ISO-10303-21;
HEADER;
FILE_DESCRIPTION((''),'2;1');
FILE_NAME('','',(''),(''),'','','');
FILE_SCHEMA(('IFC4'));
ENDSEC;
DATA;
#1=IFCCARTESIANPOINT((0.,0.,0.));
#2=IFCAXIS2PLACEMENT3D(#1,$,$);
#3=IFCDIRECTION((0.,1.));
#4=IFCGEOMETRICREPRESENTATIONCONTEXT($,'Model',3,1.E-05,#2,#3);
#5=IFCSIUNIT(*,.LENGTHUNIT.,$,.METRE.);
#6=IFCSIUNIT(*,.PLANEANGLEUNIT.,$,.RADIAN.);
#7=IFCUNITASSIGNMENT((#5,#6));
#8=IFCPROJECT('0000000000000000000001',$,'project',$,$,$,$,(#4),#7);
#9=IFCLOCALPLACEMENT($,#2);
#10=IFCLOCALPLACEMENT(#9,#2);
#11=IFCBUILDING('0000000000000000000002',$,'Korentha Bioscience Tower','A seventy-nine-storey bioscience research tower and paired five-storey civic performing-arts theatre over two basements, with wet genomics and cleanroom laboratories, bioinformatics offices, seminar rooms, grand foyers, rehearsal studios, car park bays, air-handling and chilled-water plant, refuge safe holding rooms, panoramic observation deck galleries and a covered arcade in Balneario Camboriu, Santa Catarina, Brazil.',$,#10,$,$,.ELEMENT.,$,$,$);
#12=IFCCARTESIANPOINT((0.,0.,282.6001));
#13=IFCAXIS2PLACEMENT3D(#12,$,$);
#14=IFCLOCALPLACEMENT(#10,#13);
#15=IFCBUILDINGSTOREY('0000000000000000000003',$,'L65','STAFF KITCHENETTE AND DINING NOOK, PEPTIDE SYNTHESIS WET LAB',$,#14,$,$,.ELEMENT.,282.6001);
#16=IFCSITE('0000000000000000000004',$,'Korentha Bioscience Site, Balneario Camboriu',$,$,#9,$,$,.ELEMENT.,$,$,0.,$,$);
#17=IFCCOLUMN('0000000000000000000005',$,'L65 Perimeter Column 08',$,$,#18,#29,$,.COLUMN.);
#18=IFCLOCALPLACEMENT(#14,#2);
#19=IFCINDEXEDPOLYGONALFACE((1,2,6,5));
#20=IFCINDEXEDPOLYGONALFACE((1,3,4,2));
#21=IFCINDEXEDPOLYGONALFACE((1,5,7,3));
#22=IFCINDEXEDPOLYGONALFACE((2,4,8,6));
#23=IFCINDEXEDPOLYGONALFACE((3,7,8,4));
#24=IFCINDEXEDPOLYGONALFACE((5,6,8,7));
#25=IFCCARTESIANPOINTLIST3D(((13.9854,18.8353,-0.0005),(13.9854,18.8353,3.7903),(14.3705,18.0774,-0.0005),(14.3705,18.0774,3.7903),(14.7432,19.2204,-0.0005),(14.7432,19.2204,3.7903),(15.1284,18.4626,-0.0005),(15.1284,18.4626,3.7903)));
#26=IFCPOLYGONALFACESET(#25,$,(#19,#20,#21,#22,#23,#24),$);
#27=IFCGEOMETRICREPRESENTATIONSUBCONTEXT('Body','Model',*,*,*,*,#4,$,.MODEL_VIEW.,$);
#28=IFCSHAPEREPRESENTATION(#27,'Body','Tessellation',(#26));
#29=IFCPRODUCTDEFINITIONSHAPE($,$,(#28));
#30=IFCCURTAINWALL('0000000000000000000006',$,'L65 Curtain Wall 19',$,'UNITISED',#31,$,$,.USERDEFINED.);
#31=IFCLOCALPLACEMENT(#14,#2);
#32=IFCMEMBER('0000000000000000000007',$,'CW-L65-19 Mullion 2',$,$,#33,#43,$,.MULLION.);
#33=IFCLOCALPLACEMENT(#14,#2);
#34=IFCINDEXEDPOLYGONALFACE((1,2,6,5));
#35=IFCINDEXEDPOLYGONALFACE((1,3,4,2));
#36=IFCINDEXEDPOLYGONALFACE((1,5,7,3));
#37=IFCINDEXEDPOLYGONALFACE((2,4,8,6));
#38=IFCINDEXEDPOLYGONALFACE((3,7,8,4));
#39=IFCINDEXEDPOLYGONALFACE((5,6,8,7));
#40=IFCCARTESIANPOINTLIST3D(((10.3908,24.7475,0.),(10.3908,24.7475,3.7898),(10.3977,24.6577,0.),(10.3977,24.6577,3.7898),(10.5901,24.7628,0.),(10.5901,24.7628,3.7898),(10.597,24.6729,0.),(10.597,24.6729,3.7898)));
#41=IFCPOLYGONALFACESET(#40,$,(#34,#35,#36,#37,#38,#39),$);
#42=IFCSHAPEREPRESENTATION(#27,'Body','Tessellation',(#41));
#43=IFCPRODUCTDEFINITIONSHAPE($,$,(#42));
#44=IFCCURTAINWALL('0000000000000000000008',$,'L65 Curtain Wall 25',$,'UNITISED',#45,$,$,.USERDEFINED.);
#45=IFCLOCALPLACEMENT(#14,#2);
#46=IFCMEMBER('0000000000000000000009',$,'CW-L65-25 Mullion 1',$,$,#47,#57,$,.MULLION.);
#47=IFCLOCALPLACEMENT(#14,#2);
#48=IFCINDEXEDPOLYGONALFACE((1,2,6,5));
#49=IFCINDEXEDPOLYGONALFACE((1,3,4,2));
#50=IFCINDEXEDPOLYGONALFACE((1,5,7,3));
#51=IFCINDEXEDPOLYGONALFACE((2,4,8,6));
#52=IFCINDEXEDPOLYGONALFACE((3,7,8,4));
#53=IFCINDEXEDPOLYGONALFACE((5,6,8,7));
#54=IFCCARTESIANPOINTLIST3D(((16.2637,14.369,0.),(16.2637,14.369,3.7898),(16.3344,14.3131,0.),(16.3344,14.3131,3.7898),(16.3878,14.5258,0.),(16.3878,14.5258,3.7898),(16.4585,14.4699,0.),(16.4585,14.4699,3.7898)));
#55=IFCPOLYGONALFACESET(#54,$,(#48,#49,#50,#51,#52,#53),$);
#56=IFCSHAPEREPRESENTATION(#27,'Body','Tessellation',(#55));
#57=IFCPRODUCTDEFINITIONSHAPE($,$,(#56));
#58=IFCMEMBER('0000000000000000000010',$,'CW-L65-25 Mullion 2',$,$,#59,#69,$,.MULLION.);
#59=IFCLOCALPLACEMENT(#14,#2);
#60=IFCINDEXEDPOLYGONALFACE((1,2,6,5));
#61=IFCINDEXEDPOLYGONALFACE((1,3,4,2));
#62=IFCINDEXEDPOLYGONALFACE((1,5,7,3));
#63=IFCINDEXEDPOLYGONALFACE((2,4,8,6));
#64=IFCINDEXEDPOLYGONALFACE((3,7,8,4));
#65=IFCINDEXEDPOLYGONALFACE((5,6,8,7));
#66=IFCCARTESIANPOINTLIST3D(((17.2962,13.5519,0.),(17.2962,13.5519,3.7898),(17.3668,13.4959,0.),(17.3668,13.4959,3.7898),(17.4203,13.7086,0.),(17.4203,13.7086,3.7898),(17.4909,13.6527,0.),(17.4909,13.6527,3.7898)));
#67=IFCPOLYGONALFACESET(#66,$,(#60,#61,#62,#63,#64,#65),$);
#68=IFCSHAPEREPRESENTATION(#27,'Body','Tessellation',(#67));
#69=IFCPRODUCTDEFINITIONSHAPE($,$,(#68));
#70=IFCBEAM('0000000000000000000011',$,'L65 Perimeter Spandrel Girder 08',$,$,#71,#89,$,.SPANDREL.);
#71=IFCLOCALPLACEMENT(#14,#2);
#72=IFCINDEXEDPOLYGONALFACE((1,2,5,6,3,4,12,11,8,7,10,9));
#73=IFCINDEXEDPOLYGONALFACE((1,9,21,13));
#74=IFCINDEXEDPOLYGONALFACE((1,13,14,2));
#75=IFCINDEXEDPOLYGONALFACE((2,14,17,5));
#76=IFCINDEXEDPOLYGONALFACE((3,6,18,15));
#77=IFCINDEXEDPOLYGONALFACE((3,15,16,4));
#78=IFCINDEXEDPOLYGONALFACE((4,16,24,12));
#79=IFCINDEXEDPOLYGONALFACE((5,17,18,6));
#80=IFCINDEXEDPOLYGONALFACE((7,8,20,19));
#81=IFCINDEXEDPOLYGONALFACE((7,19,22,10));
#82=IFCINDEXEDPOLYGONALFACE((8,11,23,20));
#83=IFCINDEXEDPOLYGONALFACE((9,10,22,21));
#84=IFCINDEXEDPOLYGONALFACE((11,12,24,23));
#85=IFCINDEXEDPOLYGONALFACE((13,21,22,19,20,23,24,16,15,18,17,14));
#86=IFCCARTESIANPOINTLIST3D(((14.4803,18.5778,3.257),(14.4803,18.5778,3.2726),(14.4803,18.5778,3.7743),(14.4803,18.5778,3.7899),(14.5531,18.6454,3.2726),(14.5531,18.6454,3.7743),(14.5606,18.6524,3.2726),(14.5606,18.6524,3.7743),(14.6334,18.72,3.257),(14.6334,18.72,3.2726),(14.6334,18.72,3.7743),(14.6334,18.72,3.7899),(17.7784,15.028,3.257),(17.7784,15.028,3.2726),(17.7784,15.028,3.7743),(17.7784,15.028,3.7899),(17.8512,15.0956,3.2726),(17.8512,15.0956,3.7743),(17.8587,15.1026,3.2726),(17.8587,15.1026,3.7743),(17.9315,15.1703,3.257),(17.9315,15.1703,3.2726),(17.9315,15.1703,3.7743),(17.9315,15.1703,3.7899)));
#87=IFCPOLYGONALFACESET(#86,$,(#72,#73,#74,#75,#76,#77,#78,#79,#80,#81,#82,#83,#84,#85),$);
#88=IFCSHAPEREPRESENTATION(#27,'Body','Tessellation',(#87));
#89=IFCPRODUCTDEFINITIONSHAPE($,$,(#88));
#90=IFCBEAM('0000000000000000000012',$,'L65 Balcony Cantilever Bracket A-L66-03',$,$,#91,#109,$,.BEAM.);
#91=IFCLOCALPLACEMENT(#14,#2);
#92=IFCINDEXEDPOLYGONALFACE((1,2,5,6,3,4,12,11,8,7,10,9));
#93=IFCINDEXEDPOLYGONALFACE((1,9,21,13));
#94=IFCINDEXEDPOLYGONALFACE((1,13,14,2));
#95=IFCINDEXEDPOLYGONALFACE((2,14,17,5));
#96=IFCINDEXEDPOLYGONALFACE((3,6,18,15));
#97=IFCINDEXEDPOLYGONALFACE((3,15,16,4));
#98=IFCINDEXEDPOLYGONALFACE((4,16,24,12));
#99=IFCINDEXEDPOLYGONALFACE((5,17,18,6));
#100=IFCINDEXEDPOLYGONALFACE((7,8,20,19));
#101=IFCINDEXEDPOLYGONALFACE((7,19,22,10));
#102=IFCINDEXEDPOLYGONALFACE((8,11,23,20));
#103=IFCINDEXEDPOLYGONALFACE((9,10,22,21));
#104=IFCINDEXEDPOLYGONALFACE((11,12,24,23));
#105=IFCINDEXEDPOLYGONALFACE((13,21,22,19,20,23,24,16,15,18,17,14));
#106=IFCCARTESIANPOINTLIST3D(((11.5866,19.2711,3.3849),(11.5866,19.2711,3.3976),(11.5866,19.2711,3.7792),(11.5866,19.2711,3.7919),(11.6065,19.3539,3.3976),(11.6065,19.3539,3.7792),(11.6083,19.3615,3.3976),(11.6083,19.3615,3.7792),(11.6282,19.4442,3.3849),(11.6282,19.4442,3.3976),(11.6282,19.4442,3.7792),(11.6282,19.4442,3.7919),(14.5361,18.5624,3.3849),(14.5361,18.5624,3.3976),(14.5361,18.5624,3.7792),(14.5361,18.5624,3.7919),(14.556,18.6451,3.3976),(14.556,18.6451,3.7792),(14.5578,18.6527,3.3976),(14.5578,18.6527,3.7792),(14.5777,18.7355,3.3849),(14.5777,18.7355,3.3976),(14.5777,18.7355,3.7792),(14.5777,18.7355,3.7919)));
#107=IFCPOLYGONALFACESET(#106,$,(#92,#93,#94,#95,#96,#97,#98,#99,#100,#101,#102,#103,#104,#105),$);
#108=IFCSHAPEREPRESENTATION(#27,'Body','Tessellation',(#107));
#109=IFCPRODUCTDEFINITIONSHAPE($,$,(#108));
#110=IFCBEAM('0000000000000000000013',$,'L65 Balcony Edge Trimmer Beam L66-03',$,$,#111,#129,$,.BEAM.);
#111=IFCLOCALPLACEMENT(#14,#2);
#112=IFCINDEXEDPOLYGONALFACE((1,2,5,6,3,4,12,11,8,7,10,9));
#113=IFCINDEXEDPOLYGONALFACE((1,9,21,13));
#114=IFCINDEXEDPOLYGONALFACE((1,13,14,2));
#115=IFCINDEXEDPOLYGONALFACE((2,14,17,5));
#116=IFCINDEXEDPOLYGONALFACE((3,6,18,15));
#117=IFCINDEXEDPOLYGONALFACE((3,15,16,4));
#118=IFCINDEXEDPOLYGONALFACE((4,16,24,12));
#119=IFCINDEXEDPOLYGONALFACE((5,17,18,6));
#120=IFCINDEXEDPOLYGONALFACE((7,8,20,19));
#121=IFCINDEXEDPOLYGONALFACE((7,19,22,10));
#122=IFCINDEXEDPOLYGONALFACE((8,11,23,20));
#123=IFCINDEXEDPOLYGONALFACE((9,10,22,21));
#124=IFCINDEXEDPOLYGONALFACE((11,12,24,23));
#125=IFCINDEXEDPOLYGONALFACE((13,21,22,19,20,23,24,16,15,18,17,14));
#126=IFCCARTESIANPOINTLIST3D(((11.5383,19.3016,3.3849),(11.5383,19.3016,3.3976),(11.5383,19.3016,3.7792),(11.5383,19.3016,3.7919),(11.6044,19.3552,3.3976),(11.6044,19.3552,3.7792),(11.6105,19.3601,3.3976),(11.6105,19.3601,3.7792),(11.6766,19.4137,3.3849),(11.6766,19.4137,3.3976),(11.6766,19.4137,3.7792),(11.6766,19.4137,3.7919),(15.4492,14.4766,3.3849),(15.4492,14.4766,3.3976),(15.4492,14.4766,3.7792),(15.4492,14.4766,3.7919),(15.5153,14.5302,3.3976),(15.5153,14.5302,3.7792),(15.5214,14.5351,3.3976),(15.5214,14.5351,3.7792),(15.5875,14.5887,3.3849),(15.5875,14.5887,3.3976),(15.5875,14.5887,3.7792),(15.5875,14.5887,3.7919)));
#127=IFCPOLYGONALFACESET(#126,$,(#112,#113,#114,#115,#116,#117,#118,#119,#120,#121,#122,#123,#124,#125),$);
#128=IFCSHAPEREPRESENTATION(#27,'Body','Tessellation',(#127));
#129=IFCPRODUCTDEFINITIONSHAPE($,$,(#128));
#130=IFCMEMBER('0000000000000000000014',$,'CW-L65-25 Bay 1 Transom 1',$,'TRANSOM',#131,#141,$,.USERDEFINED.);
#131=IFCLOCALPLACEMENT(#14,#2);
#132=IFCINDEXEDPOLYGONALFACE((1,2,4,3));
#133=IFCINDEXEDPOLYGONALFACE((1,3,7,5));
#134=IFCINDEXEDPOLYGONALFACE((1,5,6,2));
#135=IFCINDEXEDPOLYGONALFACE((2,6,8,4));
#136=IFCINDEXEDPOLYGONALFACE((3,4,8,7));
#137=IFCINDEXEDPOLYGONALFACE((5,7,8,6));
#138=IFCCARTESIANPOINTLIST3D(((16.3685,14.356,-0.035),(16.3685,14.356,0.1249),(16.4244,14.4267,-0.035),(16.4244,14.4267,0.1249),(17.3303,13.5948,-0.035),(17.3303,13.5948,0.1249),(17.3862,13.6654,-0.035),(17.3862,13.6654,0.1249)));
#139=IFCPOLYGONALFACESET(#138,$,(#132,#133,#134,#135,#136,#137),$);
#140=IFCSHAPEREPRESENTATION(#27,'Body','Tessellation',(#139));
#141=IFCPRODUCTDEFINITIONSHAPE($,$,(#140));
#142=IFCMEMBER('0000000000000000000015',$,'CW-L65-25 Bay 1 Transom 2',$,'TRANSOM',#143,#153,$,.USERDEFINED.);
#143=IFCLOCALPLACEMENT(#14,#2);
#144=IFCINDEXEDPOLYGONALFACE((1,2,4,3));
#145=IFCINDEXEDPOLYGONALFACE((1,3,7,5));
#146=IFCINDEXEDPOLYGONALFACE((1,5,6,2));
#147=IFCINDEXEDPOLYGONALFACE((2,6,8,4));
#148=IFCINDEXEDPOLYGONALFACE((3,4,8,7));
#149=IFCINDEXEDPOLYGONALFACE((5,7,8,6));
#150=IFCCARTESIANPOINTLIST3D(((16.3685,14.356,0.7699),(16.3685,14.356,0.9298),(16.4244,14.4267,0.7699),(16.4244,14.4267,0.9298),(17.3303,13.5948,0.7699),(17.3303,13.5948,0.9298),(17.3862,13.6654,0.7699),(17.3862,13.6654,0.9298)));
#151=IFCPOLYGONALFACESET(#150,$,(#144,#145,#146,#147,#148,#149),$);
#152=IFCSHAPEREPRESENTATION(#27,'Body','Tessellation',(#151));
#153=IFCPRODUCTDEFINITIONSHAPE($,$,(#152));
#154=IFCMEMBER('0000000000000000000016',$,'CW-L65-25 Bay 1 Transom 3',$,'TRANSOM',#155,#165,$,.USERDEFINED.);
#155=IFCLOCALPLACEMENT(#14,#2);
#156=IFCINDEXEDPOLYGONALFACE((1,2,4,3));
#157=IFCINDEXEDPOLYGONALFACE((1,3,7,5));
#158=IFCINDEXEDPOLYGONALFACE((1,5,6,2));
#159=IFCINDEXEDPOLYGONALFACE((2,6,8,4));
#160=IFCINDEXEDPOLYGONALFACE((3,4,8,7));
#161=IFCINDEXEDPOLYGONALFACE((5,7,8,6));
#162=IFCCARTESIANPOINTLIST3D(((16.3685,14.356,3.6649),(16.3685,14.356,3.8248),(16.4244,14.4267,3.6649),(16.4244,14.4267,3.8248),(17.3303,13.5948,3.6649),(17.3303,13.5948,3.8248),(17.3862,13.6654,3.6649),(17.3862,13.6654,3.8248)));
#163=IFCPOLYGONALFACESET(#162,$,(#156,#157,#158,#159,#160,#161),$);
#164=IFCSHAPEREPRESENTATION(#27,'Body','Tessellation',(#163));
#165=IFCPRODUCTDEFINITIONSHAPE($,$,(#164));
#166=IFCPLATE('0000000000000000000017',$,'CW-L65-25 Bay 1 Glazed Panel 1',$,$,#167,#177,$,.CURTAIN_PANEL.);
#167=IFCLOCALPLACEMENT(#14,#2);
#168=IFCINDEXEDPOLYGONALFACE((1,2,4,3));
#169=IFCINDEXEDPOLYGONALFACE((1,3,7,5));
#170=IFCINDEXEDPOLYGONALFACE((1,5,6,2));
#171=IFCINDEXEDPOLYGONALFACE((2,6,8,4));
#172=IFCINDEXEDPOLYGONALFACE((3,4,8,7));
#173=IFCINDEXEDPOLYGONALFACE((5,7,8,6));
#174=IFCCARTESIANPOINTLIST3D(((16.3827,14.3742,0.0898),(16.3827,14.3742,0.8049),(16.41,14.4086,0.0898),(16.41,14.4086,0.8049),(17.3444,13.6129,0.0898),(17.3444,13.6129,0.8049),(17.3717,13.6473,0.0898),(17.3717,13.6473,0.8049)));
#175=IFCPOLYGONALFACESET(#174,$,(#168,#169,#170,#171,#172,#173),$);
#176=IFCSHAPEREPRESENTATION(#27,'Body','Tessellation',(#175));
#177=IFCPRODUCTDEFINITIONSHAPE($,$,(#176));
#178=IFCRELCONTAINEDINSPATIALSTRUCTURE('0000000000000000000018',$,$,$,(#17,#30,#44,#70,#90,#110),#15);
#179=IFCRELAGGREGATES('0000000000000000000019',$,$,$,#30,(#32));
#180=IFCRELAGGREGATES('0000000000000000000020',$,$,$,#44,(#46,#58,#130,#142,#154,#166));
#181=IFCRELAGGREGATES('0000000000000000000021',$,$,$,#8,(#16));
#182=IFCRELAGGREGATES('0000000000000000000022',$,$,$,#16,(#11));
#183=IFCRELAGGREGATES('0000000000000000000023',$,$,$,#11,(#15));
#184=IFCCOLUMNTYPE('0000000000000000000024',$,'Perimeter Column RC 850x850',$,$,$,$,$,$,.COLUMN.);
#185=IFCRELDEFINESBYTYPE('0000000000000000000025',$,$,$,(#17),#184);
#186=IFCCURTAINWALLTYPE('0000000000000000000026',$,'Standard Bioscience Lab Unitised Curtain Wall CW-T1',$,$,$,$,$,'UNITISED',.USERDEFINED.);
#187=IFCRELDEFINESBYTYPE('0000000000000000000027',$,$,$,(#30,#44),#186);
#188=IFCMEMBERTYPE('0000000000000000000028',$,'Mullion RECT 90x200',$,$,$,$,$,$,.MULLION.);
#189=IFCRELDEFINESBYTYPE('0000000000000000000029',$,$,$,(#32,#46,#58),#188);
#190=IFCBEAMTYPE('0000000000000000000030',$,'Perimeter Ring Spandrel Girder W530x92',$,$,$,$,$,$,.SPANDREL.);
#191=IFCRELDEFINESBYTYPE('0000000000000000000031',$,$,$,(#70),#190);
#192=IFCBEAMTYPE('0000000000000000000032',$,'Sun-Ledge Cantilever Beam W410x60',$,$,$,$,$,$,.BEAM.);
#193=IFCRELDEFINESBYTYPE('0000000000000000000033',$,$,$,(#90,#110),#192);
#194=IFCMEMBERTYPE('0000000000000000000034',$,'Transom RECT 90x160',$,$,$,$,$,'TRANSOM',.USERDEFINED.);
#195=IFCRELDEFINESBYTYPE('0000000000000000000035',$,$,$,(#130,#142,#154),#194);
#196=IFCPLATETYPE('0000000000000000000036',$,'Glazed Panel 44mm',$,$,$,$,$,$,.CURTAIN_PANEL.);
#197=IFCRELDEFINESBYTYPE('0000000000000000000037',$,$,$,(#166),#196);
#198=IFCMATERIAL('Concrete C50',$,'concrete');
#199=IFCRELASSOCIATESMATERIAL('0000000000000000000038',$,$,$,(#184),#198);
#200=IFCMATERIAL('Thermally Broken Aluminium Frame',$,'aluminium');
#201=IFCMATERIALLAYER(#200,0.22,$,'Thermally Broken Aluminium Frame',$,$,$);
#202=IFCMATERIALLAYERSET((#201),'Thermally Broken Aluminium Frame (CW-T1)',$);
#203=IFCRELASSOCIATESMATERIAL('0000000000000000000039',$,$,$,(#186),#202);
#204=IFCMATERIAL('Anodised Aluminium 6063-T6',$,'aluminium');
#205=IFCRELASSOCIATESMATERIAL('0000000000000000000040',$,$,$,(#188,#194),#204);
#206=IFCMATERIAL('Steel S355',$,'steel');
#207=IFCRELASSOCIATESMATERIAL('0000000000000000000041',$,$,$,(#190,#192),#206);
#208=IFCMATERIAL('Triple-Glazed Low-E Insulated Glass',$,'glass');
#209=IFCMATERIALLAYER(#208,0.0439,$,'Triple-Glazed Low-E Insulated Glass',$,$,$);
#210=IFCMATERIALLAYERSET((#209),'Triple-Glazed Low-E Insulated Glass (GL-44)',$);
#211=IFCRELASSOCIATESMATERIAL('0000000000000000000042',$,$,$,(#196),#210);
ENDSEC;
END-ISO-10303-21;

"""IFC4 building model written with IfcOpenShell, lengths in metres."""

from ifc_helpers import new_model, si_unit, direction, frame, origin, origin_2d, place, context, subcontext, project, spatial, rectangle, i_section, extrude, material, layer, layer_set, material_profile, profile_set, type_object, element, aggregate, save


model = new_model("IFC4")

# Units and contexts
model_context = context("Model", 3, precision=1e-05, world=origin(), true_north=direction((0.0, 1.0)))
body_context = subcontext(model_context, "Body", "Model", "MODEL_VIEW")
ifc_project = project(units=[si_unit("LENGTHUNIT", "METRE"), si_unit("PLANEANGLEUNIT", "RADIAN")], contexts=[model_context])

# Site, building, storey
site_placement = place(None, origin())
site = spatial("IfcSite", under=ifc_project, at=site_placement, Name="Korentha Bioscience Site, Balneario Camboriu", CompositionType="ELEMENT", RefElevation=0.0)
building_placement = place(site_placement, origin())
building = spatial("IfcBuilding", under=site, at=building_placement, Name="Korentha Bioscience Tower", Description="A seventy-nine-storey bioscience research tower and paired five-storey civic performing-arts theatre over two basements, with wet genomics and cleanroom laboratories, bioinformatics offices, seminar rooms, grand foyers, rehearsal studios, car park bays, air-handling and chilled-water plant, refuge safe holding rooms, panoramic observation deck galleries and a covered arcade in Balneario Camboriu, Santa Catarina, Brazil.", CompositionType="ELEMENT")
storey_placement = place(building_placement, frame((0.0, 0.0, 282.6001)))
storey = spatial("IfcBuildingStorey", under=building, at=storey_placement, Name="L65", Description="STAFF KITCHENETTE AND DINING NOOK, PEPTIDE SYNTHESIS WET LAB", CompositionType="ELEMENT", Elevation=282.6001)

# Column
ifc_material_1 = material(Name="Concrete C50", Category="concrete")
ifc_material_profile_1 = material_profile(ifc_material_1, rectangle(XDim=0.8501, YDim=0.8501, at=origin_2d()), Name="Concrete C50")
ifc_profile_set_1 = profile_set([ifc_material_profile_1], Name="Concrete C50 (COL-P08)")
column_type = type_object("IfcColumnType", Name="Perimeter Column RC 850x850", PredefinedType="COLUMN", material=ifc_profile_set_1)
column_placement = place(storey_placement, frame((14.5569, 18.6489, -0.0005), z_axis=(0.0, 0.0, 1.0), x_axis=(-0.453057, 0.891481, 0.0)))
element("IfcColumn", 1, at=column_placement, inside=storey, type_object=column_type, Name="L65 Perimeter Column 08", PredefinedType="COLUMN", context=body_context, shape_type="SweptSolid", body=[
    extrude(rectangle(XDim=0.8501, YDim=0.8501, at=origin_2d()), origin(), (0.0, 0.0, 1.0), 3.7908),
])

# Curtain wall, member
ifc_material_2 = material(Name="Thermally Broken Aluminium Frame", Category="aluminium")
ifc_layer_1 = layer(ifc_material_2, 0.22, Name="Thermally Broken Aluminium Frame")
ifc_layer_set_1 = layer_set([ifc_layer_1], Name="Thermally Broken Aluminium Frame (CW-T1)")
curtain_wall_type = type_object("IfcCurtainWallType", Name="Standard Bioscience Lab Unitised Curtain Wall CW-T1", ElementType="UNITISED", PredefinedType="USERDEFINED", material=ifc_layer_set_1)
curtain_wall_1_placement = place(storey_placement, origin())
curtain_wall_1 = element("IfcCurtainWall", 2, at=curtain_wall_1_placement, inside=storey, type_object=curtain_wall_type, Name="L65 Curtain Wall 19", ObjectType="UNITISED", PredefinedType="USERDEFINED")
ifc_material_3 = material(Name="Anodised Aluminium 6063-T6", Category="aluminium")
ifc_material_profile_2 = material_profile(ifc_material_3, rectangle(XDim=0.0901, YDim=0.2, at=origin_2d()), Name="Anodised Aluminium 6063-T6")
ifc_profile_set_2 = profile_set([ifc_material_profile_2], Name="Anodised Aluminium 6063-T6 (CW-MUL)")
member_type_1 = type_object("IfcMemberType", Name="Mullion RECT 90x200", PredefinedType="MULLION", material=ifc_profile_set_2)
member_1_placement = place(storey_placement, frame((10.4939, 24.7102, 0.0), z_axis=(0.0, 0.0, 1.0), x_axis=(0.076447, -0.997074, 0.0)))
member_1 = element("IfcMember", 3, at=member_1_placement, type_object=member_type_1, Name="CW-L65-19 Mullion 2", PredefinedType="MULLION", context=body_context, shape_type="SweptSolid", body=[
    extrude(rectangle(XDim=0.0901, YDim=0.2, at=origin_2d()), origin(), (0.0, 0.0, 1.0), 3.7898),
])
aggregate(curtain_wall_1, [member_1])

# Curtain wall, members
curtain_wall_2_placement = place(storey_placement, origin())
curtain_wall_2 = element("IfcCurtainWall", 4, at=curtain_wall_2_placement, inside=storey, type_object=curtain_wall_type, Name="L65 Curtain Wall 25", ObjectType="UNITISED", PredefinedType="USERDEFINED")
member_2_placement = place(storey_placement, frame((16.3611, 14.4194, 0.0), z_axis=(0.0, 0.0, 1.0), x_axis=(0.784076, -0.620665, 0.0)))
member_2 = element("IfcMember", 5, at=member_2_placement, type_object=member_type_1, Name="CW-L65-25 Mullion 1", PredefinedType="MULLION", context=body_context, shape_type="SweptSolid", body=[
    extrude(rectangle(XDim=0.0901, YDim=0.2, at=origin_2d()), origin(), (0.0, 0.0, 1.0), 3.7898),
])
member_3_placement = place(storey_placement, frame((17.3936, 13.6023, 0.0), z_axis=(0.0, 0.0, 1.0), x_axis=(0.784076, -0.620665, 0.0)))
member_3 = element("IfcMember", 6, at=member_3_placement, type_object=member_type_1, Name="CW-L65-25 Mullion 2", PredefinedType="MULLION", context=body_context, shape_type="SweptSolid", body=[
    extrude(rectangle(XDim=0.0901, YDim=0.2, at=origin_2d()), origin(), (0.0, 0.0, 1.0), 3.7898),
])

# Beams
ifc_material_4 = material(Name="Steel S355", Category="steel")
ifc_material_profile_3 = material_profile(ifc_material_4, i_section(OverallWidth=0.209, OverallDepth=0.533, WebThickness=0.0103, FlangeThickness=0.0156, at=origin_2d()), Name="Steel S355")
ifc_profile_set_3 = profile_set([ifc_material_profile_3], Name="Steel S355 (SB-530)")
beam_type_1 = type_object("IfcBeamType", Name="Perimeter Ring Spandrel Girder W530x92", PredefinedType="SPANDREL", material=ifc_profile_set_3)
beam_1_placement = place(storey_placement, frame((14.5569, 18.6489, 3.5234), z_axis=(0.680656, -0.732603, 0.0), x_axis=(0.732603, 0.680656, 0.0)))
element("IfcBeam", 7, at=beam_1_placement, inside=storey, type_object=beam_type_1, Name="L65 Perimeter Spandrel Girder 08", PredefinedType="SPANDREL", context=body_context, shape_type="SweptSolid", body=[
    extrude(i_section(OverallWidth=0.209, OverallDepth=0.533, WebThickness=0.0103, FlangeThickness=0.0156, at=origin_2d()), origin(), (0.0, 0.0, 1.0), 4.8455),
])
ifc_material_profile_4 = material_profile(ifc_material_4, i_section(OverallWidth=0.178, OverallDepth=0.407, WebThickness=0.0078, FlangeThickness=0.0127, at=origin_2d()), Name="Steel S355")
ifc_profile_set_4 = profile_set([ifc_material_profile_4], Name="Steel S355 (CB-410)")
beam_type_2 = type_object("IfcBeamType", Name="Sun-Ledge Cantilever Beam W410x60", PredefinedType="BEAM", material=ifc_profile_set_4)
beam_2_placement = place(storey_placement, frame((14.5569, 18.6489, 3.5884), z_axis=(-0.972322, 0.233644, 0.0), x_axis=(-0.233644, -0.972322, 0.0)))
element("IfcBeam", 8, at=beam_2_placement, inside=storey, type_object=beam_type_2, Name="L65 Balcony Cantilever Bracket A-L66-03", PredefinedType="BEAM", context=body_context, shape_type="SweptSolid", body=[
    extrude(i_section(OverallWidth=0.178, OverallDepth=0.407, WebThickness=0.0078, FlangeThickness=0.0127, at=origin_2d()), origin(), (0.0, 0.0, 1.0), 3.0334),
])
beam_3_placement = place(storey_placement, frame((11.6074, 19.3577, 3.5884), z_axis=(0.629682, -0.776853, 0.0), x_axis=(0.776853, 0.629682, 0.0)))
element("IfcBeam", 9, at=beam_3_placement, inside=storey, type_object=beam_type_2, Name="L65 Balcony Edge Trimmer Beam L66-03", PredefinedType="BEAM", context=body_context, shape_type="SweptSolid", body=[
    extrude(i_section(OverallWidth=0.178, OverallDepth=0.407, WebThickness=0.0078, FlangeThickness=0.0127, at=origin_2d()), origin(), (0.0, 0.0, 1.0), 6.2109),
])

# Members
ifc_material_profile_5 = material_profile(ifc_material_3, rectangle(XDim=0.0901, YDim=0.1599, at=origin_2d()), Name="Anodised Aluminium 6063-T6")
ifc_profile_set_5 = profile_set([ifc_material_profile_5], Name="Anodised Aluminium 6063-T6 (CW-TRN)")
member_type_2 = type_object("IfcMemberType", Name="Transom RECT 90x160", ElementType="TRANSOM", PredefinedType="USERDEFINED", material=ifc_profile_set_5)
member_4_placement = place(storey_placement, frame((16.3965, 14.3914, 0.0449), z_axis=(0.784082, -0.620657, 0.0), x_axis=(0.620657, 0.784082, 0.0)))
member_4 = element("IfcMember", 10, at=member_4_placement, type_object=member_type_2, Name="CW-L65-25 Bay 1 Transom 1", ObjectType="TRANSOM", PredefinedType="USERDEFINED", context=body_context, shape_type="SweptSolid", body=[
    extrude(rectangle(XDim=0.0901, YDim=0.1599, at=origin_2d()), origin(), (0.0, 0.0, 1.0), 1.2266),
])
member_5_placement = place(storey_placement, frame((16.3965, 14.3914, 0.8499), z_axis=(0.784082, -0.620657, 0.0), x_axis=(0.620657, 0.784082, 0.0)))
member_5 = element("IfcMember", 11, at=member_5_placement, type_object=member_type_2, Name="CW-L65-25 Bay 1 Transom 2", ObjectType="TRANSOM", PredefinedType="USERDEFINED", context=body_context, shape_type="SweptSolid", body=[
    extrude(rectangle(XDim=0.0901, YDim=0.1599, at=origin_2d()), origin(), (0.0, 0.0, 1.0), 1.2266),
])
member_6_placement = place(storey_placement, frame((16.3965, 14.3914, 3.7449), z_axis=(0.784082, -0.620657, 0.0), x_axis=(0.620657, 0.784082, 0.0)))
member_6 = element("IfcMember", 12, at=member_6_placement, type_object=member_type_2, Name="CW-L65-25 Bay 1 Transom 3", ObjectType="TRANSOM", PredefinedType="USERDEFINED", context=body_context, shape_type="SweptSolid", body=[
    extrude(rectangle(XDim=0.0901, YDim=0.1599, at=origin_2d()), origin(), (0.0, 0.0, 1.0), 1.2266),
])

# Plate
ifc_material_5 = material(Name="Triple-Glazed Low-E Insulated Glass", Category="glass")
ifc_layer_2 = layer(ifc_material_5, 0.0439, Name="Triple-Glazed Low-E Insulated Glass")
ifc_layer_set_2 = layer_set([ifc_layer_2], Name="Triple-Glazed Low-E Insulated Glass (GL-44)")
plate_type = type_object("IfcPlateType", Name="Glazed Panel 44mm", PredefinedType="CURTAIN_PANEL", material=ifc_layer_set_2)
plate_1_placement = place(storey_placement, frame((16.8772, 14.0107, 0.0898), z_axis=(0.0, 0.0, 1.0), x_axis=(0.784076, -0.620665, 0.0)))
plate_1 = element("IfcPlate", 13, at=plate_1_placement, type_object=plate_type, Name="CW-L65-25 Bay 1 Glazed Panel 1", PredefinedType="CURTAIN_PANEL", context=body_context, shape_type="SweptSolid", body=[
    extrude(rectangle(XDim=1.2266, YDim=0.0439, at=origin_2d()), origin(), (0.0, 0.0, 1.0), 0.7151),
])
aggregate(curtain_wall_2, [member_2, member_3, member_4, member_5, member_6, plate_1])

save(model, "model.ifc")
